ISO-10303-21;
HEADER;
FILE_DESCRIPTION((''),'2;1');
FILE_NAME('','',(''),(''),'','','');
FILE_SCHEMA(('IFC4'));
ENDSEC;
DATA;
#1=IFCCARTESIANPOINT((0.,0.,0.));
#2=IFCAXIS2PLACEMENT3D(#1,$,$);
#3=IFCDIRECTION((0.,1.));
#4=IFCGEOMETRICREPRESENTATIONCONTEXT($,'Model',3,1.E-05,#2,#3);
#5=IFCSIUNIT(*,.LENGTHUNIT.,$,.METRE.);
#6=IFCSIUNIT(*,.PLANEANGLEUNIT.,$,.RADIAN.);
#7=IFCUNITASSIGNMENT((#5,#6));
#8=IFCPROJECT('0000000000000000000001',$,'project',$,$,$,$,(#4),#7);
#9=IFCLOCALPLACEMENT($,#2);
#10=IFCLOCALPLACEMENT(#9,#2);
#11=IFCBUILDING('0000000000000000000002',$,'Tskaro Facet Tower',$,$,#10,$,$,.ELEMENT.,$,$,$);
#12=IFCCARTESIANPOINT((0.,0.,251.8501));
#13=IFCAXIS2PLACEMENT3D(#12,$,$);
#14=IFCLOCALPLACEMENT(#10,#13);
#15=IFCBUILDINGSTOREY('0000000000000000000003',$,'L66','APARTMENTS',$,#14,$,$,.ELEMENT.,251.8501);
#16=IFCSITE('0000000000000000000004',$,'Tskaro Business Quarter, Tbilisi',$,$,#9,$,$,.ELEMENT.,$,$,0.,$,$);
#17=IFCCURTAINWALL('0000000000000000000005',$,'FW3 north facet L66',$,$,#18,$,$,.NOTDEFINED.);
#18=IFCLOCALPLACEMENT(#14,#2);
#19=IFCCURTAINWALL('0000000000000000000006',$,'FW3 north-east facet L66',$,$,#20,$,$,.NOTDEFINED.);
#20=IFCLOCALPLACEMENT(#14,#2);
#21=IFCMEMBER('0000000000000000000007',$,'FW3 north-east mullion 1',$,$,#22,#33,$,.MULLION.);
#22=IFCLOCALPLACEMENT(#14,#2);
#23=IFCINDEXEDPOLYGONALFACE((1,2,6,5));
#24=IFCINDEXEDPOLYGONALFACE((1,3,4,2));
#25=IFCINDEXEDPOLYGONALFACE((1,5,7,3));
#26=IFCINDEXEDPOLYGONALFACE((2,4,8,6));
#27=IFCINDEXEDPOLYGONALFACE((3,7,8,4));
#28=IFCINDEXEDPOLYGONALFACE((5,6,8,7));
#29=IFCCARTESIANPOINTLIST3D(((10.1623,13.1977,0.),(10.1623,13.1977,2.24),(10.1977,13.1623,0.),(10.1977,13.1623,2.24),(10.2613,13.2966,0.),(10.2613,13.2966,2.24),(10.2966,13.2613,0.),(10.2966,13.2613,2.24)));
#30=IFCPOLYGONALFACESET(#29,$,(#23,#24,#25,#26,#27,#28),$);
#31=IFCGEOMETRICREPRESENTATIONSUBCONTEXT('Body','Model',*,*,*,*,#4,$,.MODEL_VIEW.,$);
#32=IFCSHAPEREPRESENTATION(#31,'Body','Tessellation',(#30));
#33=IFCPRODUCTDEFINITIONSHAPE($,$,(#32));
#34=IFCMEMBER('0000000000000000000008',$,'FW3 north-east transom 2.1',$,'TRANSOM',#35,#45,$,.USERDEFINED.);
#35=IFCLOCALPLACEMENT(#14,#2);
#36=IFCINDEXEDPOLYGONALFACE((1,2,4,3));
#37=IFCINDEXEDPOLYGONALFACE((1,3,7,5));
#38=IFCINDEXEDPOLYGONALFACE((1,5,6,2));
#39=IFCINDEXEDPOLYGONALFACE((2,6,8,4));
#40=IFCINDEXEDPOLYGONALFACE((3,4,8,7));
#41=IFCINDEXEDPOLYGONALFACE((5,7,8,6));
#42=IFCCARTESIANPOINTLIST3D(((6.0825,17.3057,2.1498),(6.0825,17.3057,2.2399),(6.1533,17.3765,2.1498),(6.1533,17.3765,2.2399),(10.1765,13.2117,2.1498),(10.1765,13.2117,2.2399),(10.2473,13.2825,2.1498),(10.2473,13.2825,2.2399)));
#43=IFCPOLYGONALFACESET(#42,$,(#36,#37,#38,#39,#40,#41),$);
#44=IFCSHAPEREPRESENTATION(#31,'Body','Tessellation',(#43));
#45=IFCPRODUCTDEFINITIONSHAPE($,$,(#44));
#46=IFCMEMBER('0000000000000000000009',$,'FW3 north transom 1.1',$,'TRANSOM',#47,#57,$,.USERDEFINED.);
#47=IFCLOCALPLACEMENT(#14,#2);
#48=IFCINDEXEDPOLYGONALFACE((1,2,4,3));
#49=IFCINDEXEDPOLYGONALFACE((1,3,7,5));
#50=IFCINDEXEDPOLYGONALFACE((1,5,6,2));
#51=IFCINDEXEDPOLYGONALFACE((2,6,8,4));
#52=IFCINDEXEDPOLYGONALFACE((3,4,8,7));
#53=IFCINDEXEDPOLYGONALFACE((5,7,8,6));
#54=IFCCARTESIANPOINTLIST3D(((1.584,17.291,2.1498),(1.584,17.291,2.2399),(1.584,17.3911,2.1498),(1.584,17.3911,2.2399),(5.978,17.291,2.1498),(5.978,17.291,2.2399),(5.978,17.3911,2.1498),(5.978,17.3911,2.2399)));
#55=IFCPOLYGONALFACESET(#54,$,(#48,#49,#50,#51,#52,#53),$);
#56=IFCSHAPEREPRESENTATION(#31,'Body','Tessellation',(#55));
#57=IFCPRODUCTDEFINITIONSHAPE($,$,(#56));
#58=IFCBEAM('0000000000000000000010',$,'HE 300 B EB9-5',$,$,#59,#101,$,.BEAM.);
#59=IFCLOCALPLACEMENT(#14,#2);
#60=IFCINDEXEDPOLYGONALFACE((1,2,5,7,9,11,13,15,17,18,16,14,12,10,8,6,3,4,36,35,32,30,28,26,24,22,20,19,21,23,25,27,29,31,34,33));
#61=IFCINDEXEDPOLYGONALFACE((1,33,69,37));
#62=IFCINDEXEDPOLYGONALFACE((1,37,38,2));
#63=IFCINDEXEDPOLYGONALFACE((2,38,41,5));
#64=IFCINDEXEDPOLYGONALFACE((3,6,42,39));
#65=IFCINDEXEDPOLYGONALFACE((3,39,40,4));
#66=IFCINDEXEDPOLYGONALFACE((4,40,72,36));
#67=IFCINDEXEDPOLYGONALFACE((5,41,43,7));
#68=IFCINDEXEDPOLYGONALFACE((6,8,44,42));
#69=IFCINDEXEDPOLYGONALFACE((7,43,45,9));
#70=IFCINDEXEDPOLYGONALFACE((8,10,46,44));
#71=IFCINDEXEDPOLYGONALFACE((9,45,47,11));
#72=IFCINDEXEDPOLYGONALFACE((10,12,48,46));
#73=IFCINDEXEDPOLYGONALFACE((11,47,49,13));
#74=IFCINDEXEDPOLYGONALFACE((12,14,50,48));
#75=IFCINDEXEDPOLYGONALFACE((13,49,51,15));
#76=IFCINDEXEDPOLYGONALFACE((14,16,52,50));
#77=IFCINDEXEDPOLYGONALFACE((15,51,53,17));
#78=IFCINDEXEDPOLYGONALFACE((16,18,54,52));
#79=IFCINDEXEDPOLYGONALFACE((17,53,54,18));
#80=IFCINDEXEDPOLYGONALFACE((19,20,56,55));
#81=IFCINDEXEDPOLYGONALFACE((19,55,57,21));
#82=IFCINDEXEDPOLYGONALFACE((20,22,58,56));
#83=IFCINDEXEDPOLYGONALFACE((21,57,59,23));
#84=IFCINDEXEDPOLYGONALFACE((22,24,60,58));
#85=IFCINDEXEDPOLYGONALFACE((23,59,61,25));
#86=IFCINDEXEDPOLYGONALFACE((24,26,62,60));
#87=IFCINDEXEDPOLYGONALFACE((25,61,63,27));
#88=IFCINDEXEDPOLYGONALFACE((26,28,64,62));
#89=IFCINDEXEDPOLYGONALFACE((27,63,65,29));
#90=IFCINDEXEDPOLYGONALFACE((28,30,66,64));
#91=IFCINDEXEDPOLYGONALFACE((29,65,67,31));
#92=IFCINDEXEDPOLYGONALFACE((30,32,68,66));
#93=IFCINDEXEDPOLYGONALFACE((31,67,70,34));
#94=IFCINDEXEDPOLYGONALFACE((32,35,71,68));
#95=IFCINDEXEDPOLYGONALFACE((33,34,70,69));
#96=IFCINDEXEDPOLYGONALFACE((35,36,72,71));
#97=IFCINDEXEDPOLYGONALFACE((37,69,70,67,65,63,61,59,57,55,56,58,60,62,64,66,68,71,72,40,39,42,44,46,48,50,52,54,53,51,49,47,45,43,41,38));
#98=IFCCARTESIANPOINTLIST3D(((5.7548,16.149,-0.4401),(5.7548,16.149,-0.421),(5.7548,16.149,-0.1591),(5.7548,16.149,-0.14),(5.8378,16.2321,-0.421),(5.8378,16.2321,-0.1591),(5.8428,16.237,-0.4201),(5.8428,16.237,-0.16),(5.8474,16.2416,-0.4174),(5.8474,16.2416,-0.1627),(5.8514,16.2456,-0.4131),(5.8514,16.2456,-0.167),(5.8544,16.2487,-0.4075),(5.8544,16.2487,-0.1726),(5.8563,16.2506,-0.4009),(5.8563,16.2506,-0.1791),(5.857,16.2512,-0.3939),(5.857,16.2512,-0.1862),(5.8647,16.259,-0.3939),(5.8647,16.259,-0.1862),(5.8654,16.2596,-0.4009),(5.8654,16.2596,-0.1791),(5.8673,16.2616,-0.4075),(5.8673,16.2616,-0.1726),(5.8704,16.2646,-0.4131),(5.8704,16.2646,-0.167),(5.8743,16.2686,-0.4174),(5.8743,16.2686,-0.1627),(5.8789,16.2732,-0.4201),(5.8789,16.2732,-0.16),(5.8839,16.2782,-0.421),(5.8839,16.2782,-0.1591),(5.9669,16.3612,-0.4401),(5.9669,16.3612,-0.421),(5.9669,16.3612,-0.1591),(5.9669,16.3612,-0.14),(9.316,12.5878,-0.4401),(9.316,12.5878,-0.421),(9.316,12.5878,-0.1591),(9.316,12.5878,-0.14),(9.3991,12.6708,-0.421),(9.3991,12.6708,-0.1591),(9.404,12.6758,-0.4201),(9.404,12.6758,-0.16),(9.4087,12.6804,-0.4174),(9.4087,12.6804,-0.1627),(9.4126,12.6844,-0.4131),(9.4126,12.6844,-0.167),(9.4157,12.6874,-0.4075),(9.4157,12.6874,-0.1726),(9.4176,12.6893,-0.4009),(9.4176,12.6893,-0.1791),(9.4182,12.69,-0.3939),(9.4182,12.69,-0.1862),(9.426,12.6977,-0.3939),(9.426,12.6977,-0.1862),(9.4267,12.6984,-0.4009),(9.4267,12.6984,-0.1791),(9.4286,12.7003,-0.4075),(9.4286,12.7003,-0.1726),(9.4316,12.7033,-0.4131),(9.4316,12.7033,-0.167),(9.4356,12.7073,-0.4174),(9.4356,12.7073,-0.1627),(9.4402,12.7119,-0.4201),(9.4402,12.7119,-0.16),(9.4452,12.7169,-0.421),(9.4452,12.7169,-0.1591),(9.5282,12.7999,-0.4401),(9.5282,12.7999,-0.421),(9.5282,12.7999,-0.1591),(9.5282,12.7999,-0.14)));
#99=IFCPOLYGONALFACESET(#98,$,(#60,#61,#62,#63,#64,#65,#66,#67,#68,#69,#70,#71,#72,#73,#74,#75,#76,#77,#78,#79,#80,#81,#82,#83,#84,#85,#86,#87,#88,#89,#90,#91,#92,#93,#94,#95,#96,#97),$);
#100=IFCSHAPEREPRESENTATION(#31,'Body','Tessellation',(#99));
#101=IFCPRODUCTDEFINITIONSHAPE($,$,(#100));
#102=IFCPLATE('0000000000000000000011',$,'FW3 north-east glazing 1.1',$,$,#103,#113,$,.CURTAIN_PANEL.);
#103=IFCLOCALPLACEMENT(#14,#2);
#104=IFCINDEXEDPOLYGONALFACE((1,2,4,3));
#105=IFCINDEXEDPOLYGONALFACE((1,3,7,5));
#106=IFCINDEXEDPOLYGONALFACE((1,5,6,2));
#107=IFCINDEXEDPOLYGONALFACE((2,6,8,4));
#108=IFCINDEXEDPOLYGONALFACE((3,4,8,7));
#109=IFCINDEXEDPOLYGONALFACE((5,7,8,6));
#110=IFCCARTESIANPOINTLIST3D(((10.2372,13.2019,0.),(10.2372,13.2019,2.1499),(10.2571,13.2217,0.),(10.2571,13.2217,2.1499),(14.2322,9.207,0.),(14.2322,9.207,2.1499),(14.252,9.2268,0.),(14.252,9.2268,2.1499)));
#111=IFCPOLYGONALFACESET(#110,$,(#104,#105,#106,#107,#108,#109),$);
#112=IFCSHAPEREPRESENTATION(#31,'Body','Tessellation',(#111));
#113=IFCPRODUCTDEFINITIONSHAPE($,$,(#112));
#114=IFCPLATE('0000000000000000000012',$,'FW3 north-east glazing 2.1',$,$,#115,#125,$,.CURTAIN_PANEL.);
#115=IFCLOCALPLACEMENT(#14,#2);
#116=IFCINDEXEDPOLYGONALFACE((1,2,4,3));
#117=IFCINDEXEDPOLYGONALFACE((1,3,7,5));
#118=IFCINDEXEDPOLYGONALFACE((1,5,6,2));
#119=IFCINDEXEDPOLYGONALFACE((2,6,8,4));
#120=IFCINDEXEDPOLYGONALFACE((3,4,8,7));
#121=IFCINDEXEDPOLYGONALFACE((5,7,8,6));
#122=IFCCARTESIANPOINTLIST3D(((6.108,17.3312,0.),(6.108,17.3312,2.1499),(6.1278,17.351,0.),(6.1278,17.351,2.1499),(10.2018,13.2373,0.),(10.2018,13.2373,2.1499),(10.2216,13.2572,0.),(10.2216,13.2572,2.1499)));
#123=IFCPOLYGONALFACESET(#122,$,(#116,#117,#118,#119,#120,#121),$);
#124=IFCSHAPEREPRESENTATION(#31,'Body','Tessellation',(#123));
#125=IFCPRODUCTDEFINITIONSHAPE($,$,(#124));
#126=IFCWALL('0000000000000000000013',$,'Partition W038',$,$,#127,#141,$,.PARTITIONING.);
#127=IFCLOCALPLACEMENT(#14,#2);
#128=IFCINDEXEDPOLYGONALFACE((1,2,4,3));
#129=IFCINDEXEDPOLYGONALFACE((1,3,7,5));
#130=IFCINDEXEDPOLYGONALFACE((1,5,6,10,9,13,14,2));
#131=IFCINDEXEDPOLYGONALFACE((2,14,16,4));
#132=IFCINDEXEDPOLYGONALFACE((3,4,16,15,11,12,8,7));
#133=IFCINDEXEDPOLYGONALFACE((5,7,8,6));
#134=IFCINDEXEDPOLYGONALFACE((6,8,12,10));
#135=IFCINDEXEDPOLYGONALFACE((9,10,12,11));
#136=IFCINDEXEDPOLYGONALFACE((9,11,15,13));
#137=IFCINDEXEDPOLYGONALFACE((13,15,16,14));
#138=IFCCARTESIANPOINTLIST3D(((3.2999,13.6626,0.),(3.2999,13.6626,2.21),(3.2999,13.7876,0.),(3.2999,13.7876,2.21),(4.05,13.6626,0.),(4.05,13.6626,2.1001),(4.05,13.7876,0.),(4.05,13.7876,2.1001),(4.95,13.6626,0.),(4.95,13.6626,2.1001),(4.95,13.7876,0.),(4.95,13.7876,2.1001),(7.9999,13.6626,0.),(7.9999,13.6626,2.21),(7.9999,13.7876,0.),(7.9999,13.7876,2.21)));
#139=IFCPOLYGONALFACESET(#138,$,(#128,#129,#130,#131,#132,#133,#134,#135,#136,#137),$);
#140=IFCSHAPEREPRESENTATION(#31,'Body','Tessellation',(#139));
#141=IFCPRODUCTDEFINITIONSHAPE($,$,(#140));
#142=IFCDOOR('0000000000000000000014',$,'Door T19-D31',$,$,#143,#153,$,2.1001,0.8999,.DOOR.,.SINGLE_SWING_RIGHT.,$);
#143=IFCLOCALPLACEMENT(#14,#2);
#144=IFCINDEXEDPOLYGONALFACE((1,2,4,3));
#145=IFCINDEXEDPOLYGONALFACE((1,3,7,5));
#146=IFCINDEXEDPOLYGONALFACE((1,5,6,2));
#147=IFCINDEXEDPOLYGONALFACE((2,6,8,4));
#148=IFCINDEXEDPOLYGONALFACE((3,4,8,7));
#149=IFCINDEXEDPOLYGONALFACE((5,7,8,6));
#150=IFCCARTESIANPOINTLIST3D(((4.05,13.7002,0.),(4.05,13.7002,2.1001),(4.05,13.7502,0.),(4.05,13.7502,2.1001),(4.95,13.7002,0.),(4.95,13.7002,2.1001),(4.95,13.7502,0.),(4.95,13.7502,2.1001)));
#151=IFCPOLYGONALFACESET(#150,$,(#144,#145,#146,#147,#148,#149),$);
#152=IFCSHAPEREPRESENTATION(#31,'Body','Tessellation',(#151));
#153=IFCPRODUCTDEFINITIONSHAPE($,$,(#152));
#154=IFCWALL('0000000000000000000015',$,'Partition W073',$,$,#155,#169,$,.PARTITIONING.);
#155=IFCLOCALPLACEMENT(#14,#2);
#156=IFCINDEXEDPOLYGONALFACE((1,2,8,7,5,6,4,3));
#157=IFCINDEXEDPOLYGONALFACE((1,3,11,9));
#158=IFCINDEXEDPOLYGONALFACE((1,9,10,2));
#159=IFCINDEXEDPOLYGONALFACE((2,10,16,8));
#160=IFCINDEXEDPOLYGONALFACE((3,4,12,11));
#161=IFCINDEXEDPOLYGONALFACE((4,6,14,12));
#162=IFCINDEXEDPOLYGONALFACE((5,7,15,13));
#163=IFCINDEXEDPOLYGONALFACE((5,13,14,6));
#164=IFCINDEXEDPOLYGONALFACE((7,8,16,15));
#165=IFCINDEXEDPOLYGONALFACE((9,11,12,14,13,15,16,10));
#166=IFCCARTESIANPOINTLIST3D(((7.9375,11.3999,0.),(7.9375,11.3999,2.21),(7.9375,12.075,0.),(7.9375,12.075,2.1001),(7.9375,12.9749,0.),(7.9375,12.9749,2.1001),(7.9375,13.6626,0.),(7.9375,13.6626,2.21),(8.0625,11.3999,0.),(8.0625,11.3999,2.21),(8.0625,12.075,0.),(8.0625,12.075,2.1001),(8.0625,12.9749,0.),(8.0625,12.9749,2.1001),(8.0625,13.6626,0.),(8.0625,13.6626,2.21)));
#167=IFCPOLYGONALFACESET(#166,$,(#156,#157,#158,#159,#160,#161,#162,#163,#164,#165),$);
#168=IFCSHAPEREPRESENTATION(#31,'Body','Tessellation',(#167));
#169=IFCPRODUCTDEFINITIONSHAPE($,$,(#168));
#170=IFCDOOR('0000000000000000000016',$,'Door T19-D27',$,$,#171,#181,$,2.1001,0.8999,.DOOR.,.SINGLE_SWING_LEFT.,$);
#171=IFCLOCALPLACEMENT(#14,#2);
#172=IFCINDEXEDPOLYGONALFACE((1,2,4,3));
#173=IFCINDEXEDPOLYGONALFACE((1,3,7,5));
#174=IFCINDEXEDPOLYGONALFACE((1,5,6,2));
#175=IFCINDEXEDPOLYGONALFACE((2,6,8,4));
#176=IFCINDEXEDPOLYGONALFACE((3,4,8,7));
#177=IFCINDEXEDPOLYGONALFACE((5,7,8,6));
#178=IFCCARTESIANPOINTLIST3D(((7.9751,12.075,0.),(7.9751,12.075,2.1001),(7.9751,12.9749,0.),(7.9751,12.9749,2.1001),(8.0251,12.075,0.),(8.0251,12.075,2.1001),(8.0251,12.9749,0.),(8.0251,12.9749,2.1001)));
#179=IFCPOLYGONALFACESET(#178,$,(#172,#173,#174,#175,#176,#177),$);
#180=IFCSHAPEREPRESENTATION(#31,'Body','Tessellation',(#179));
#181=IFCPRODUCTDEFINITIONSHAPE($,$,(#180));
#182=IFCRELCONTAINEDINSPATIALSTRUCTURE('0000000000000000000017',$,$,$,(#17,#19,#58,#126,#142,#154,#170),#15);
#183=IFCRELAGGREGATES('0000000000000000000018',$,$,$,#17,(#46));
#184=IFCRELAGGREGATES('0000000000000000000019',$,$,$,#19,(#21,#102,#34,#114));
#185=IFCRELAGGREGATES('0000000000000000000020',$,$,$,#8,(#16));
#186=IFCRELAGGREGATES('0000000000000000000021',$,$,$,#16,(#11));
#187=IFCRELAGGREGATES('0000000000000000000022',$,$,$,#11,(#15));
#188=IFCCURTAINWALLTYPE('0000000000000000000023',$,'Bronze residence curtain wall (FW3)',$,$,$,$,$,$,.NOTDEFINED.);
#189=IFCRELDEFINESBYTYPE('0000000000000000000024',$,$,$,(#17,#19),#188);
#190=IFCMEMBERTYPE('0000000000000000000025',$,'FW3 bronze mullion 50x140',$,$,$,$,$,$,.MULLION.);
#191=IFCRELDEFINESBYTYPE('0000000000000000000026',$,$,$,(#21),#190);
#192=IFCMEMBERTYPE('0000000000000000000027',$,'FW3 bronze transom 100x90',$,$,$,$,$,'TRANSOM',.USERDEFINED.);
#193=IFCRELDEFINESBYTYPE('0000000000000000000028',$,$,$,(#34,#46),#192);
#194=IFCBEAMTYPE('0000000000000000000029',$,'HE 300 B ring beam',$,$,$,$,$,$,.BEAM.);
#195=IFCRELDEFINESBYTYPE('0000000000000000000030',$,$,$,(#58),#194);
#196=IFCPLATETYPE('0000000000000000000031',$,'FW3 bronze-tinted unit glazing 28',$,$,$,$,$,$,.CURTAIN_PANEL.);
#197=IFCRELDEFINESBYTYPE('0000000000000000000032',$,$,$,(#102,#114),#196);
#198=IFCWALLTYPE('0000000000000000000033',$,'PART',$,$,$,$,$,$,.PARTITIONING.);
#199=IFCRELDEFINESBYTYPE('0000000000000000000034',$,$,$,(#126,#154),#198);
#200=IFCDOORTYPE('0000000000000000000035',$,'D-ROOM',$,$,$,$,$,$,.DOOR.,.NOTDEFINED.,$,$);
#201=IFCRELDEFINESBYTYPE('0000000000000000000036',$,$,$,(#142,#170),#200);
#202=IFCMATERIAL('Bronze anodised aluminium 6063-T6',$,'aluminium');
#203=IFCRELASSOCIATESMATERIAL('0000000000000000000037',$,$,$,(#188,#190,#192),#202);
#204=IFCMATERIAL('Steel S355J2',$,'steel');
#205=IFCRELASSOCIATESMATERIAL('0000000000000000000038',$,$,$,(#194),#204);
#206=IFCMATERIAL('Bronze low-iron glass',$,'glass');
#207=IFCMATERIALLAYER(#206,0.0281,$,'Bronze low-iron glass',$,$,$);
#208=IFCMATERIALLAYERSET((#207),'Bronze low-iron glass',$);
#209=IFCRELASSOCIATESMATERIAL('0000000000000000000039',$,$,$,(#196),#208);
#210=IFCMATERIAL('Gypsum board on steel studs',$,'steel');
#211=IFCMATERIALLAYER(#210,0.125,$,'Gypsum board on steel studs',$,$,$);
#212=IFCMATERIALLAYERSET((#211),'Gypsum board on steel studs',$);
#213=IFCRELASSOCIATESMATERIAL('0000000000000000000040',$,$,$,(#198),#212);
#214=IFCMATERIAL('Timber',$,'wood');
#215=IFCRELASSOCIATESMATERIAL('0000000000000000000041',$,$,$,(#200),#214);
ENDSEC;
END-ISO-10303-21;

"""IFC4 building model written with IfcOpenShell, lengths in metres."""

from ifc_helpers import new_model, si_unit, direction, frame, frame_2d, origin, origin_2d, place, context, subcontext, project, spatial, rectangle, i_section, extrude, material, layer, layer_set, material_profile, profile_set, type_object, element, fill, aggregate, save


model = new_model("IFC4")

# Units and contexts
model_context = context("Model", 3, precision=1e-05, world=origin(), true_north=direction((0.0, 1.0)))
body_context = subcontext(model_context, "Body", "Model", "MODEL_VIEW")
ifc_project = project(units=[si_unit("LENGTHUNIT", "METRE"), si_unit("PLANEANGLEUNIT", "RADIAN")], contexts=[model_context])

# Site, building, storey
site_placement = place(None, origin())
site = spatial("IfcSite", under=ifc_project, at=site_placement, Name="Tskaro Business Quarter, Tbilisi", CompositionType="ELEMENT", RefElevation=0.0)
building_placement = place(site_placement, origin())
building = spatial("IfcBuilding", under=site, at=building_placement, Name="Tskaro Facet Tower", CompositionType="ELEMENT")
storey_placement = place(building_placement, frame((0.0, 0.0, 251.8501)))
storey = spatial("IfcBuildingStorey", under=building, at=storey_placement, Name="L66", Description="APARTMENTS", CompositionType="ELEMENT", Elevation=251.8501)

# Shared definitions
ifc_material_1 = material(Name="Steel S355J2", Category="steel")

# Curtain wall
ifc_material_2 = material(Name="Bronze anodised aluminium 6063-T6", Category="aluminium")
curtain_wall_type = type_object("IfcCurtainWallType", Name="Bronze residence curtain wall (FW3)", PredefinedType="NOTDEFINED", material=ifc_material_2)
curtain_wall_1_placement = place(storey_placement, origin())
curtain_wall_1 = element("IfcCurtainWall", 1, at=curtain_wall_1_placement, inside=storey, type_object=curtain_wall_type, Name="FW3 north facet L66", PredefinedType="NOTDEFINED")

# Curtain wall, members
curtain_wall_2_placement = place(storey_placement, origin())
curtain_wall_2 = element("IfcCurtainWall", 2, at=curtain_wall_2_placement, inside=storey, type_object=curtain_wall_type, Name="FW3 north-east facet L66", PredefinedType="NOTDEFINED")
ifc_material_profile_1 = material_profile(ifc_material_2, rectangle(XDim=0.05, YDim=0.1399, at=origin_2d()), Name="Mullion 50x140")
ifc_profile_set_1 = profile_set([ifc_material_profile_1], Name="Bronze anodised aluminium 6063-T6")
member_type_1 = type_object("IfcMemberType", Name="FW3 bronze mullion 50x140", PredefinedType="MULLION", material=ifc_profile_set_1)
member_1_placement = place(storey_placement, frame((10.2295, 13.2295, 0.0), z_axis=(0.0, 0.0, 1.0), x_axis=(-0.707107, 0.707107, 0.0)))
member_1 = element("IfcMember", 3, at=member_1_placement, type_object=member_type_1, Name="FW3 north-east mullion 1", PredefinedType="MULLION", context=body_context, shape_type="SweptSolid", body=[
    extrude(rectangle(XDim=0.05, YDim=0.1399, at=origin_2d()), origin(), (0.0, 0.0, 1.0), 2.24),
])
ifc_material_profile_2 = material_profile(ifc_material_2, rectangle(XDim=0.1001, YDim=0.0901, at=origin_2d()), Name="Transom 100x90")
ifc_profile_set_2 = profile_set([ifc_material_profile_2], Name="Bronze anodised aluminium 6063-T6")
member_type_2 = type_object("IfcMemberType", Name="FW3 bronze transom 100x90", ElementType="TRANSOM", PredefinedType="USERDEFINED", material=ifc_profile_set_2)
member_2_placement = place(storey_placement, frame((10.2119, 13.2471, 2.1948), z_axis=(-0.707107, 0.707107, 0.0), x_axis=(-0.707107, -0.707107, 0.0)))
member_2 = element("IfcMember", 4, at=member_2_placement, type_object=member_type_2, Name="FW3 north-east transom 2.1", ObjectType="TRANSOM", PredefinedType="USERDEFINED", context=body_context, shape_type="SweptSolid", body=[
    extrude(rectangle(XDim=0.1001, YDim=0.0901, at=origin_2d()), origin(), (0.0, 0.0, 1.0), 5.7898),
])

# Member
member_3_placement = place(storey_placement, frame((5.978, 17.3411, 2.1948), z_axis=(-1.0, 0.0, 0.0), x_axis=(0.0, -1.0, 0.0)))
member_3 = element("IfcMember", 5, at=member_3_placement, type_object=member_type_2, Name="FW3 north transom 1.1", ObjectType="TRANSOM", PredefinedType="USERDEFINED", context=body_context, shape_type="SweptSolid", body=[
    extrude(rectangle(XDim=0.1001, YDim=0.0901, at=origin_2d()), origin(), (0.0, 0.0, 1.0), 4.394),
])
aggregate(curtain_wall_1, [member_3])

# Beam
ifc_material_profile_3 = material_profile(ifc_material_1, i_section(OverallWidth=0.3, OverallDepth=0.3, WebThickness=0.011, FlangeThickness=0.019, FilletRadius=0.0271, at=origin_2d()), Name="HE 300 B")
ifc_profile_set_3 = profile_set([ifc_material_profile_3], Name="Steel S355J2")
beam_type = type_object("IfcBeamType", Name="HE 300 B ring beam", PredefinedType="BEAM", material=ifc_profile_set_3)
beam_placement = place(storey_placement, frame((9.4221, 12.6938, -0.29), z_axis=(-0.707107, 0.707107, 0.0), x_axis=(-0.707107, -0.707107, 0.0)))
element("IfcBeam", 6, at=beam_placement, inside=storey, type_object=beam_type, Name="HE 300 B EB9-5", PredefinedType="BEAM", context=body_context, shape_type="SweptSolid", body=[
    extrude(i_section(OverallWidth=0.3, OverallDepth=0.3, WebThickness=0.011, FlangeThickness=0.019, FilletRadius=0.0271, at=origin_2d()), origin(), (0.0, 0.0, 1.0), 5.0364),
])

# Plates
ifc_material_3 = material(Name="Bronze low-iron glass", Category="glass")
ifc_layer_1 = layer(ifc_material_3, 0.0281, Name="Bronze low-iron glass")
ifc_layer_set_1 = layer_set([ifc_layer_1], Name="Bronze low-iron glass")
plate_type = type_object("IfcPlateType", Name="FW3 bronze-tinted unit glazing 28", PredefinedType="CURTAIN_PANEL", material=ifc_layer_set_1)
plate_1_placement = place(storey_placement, frame((12.2446, 11.2144, 0.0), z_axis=(0.0, 0.0, 1.0), x_axis=(-0.707107, 0.707107, 0.0)))
plate_1 = element("IfcPlate", 7, at=plate_1_placement, type_object=plate_type, Name="FW3 north-east glazing 1.1", PredefinedType="CURTAIN_PANEL", context=body_context, shape_type="SweptSolid", body=[
    extrude(rectangle(XDim=5.6497, YDim=0.0281, at=origin_2d()), origin(), (0.0, 0.0, 1.0), 2.1499),
])
plate_2_placement = place(storey_placement, frame((8.1648, 15.2942, 0.0), z_axis=(0.0, 0.0, 1.0), x_axis=(-0.707107, 0.707107, 0.0)))
plate_2 = element("IfcPlate", 8, at=plate_2_placement, type_object=plate_type, Name="FW3 north-east glazing 2.1", PredefinedType="CURTAIN_PANEL", context=body_context, shape_type="SweptSolid", body=[
    extrude(rectangle(XDim=5.7896, YDim=0.0281, at=origin_2d()), origin(), (0.0, 0.0, 1.0), 2.1499),
])
aggregate(curtain_wall_2, [member_1, plate_1, member_2, plate_2])

# Walls, openings, doors
ifc_material_4 = material(Name="Gypsum board on steel studs", Category="steel")
ifc_layer_2 = layer(ifc_material_4, 0.125, Name="Gypsum board on steel studs")
ifc_layer_set_2 = layer_set([ifc_layer_2], Name="Gypsum board on steel studs")
wall_type_1 = type_object("IfcWallType", Name="PART", PredefinedType="PARTITIONING", material=ifc_layer_set_2)
wall_1_placement = place(storey_placement, frame((8.0, 13.7251, 0.0), z_axis=(0.0, 0.0, 1.0), x_axis=(-1.0, 0.0, 0.0)))
wall_1 = element("IfcWall", 9, at=wall_1_placement, inside=storey, type_object=wall_type_1, Name="Partition W038", PredefinedType="PARTITIONING", context=body_context, shape_type="SweptSolid", body=[
    extrude(rectangle(XDim=4.7, YDim=0.125, at=frame_2d((2.3501, 0.0))), origin(), (0.0, 0.0, 1.0), 2.21),
])
opening_1_placement = place(wall_1_placement, frame((3.05, 0.0, 0.0)))
opening_1 = element("IfcOpeningElement", 10, at=opening_1_placement, cuts=wall_1, PredefinedType="OPENING", context=body_context, shape_type="SweptSolid", body=[
    extrude(rectangle(XDim=0.8999, YDim=2.1001, at=frame_2d((0.45, 1.05))), frame((0.0, 0.0725, 0.0), z_axis=(0.0, -1.0, 0.0), x_axis=(1.0, 0.0, 0.0)), (0.0, 0.0, 1.0), 0.145),
])
ifc_material_5 = material(Name="Timber", Category="wood")
door_type_1 = type_object("IfcDoorType", Name="D-ROOM", OperationType="NOTDEFINED", PredefinedType="DOOR", material=ifc_material_5)
door_1_placement = place(opening_1_placement, origin())
door_1 = element("IfcDoor", 11, at=door_1_placement, inside=storey, type_object=door_type_1, Name="Door T19-D31", OperationType="SINGLE_SWING_RIGHT", OverallHeight=2.1001, OverallWidth=0.8999, PredefinedType="DOOR", context=body_context, shape_type="SweptSolid", body=[
    extrude(rectangle(XDim=0.8999, YDim=2.1001, at=frame_2d((0.45, 1.05))), frame((0.0, 0.0249, 0.0), z_axis=(0.0, -1.0, 0.0), x_axis=(1.0, 0.0, 0.0)), (0.0, 0.0, 1.0), 0.05),
])
fill(opening_1, door_1)
wall_2_placement = place(storey_placement, frame((8.0, 11.3999, 0.0), z_axis=(0.0, 0.0, 1.0), x_axis=(0.0, 1.0, 0.0)))
wall_2 = element("IfcWall", 12, at=wall_2_placement, inside=storey, type_object=wall_type_1, Name="Partition W073", PredefinedType="PARTITIONING", context=body_context, shape_type="SweptSolid", body=[
    extrude(rectangle(XDim=2.2627, YDim=0.125, at=frame_2d((1.1313, 0.0))), origin(), (0.0, 0.0, 1.0), 2.21),
])
opening_2_placement = place(wall_2_placement, frame((0.675, 0.0, 0.0)))
opening_2 = element("IfcOpeningElement", 13, at=opening_2_placement, cuts=wall_2, PredefinedType="OPENING", context=body_context, shape_type="SweptSolid", body=[
    extrude(rectangle(XDim=0.8999, YDim=2.1001, at=frame_2d((0.45, 1.05))), frame((0.0, 0.0725, 0.0), z_axis=(0.0, -1.0, 0.0), x_axis=(1.0, 0.0, 0.0)), (0.0, 0.0, 1.0), 0.145),
])
door_2_placement = place(opening_2_placement, origin())
door_2 = element("IfcDoor", 14, at=door_2_placement, inside=storey, type_object=door_type_1, Name="Door T19-D27", OperationType="SINGLE_SWING_LEFT", OverallHeight=2.1001, OverallWidth=0.8999, PredefinedType="DOOR", context=body_context, shape_type="SweptSolid", body=[
    extrude(rectangle(XDim=0.8999, YDim=2.1001, at=frame_2d((0.45, 1.05))), frame((0.0, 0.0249, 0.0), z_axis=(0.0, -1.0, 0.0), x_axis=(1.0, 0.0, 0.0)), (0.0, 0.0, 1.0), 0.05),
])
fill(opening_2, door_2)

save(model, "model.ifc")
